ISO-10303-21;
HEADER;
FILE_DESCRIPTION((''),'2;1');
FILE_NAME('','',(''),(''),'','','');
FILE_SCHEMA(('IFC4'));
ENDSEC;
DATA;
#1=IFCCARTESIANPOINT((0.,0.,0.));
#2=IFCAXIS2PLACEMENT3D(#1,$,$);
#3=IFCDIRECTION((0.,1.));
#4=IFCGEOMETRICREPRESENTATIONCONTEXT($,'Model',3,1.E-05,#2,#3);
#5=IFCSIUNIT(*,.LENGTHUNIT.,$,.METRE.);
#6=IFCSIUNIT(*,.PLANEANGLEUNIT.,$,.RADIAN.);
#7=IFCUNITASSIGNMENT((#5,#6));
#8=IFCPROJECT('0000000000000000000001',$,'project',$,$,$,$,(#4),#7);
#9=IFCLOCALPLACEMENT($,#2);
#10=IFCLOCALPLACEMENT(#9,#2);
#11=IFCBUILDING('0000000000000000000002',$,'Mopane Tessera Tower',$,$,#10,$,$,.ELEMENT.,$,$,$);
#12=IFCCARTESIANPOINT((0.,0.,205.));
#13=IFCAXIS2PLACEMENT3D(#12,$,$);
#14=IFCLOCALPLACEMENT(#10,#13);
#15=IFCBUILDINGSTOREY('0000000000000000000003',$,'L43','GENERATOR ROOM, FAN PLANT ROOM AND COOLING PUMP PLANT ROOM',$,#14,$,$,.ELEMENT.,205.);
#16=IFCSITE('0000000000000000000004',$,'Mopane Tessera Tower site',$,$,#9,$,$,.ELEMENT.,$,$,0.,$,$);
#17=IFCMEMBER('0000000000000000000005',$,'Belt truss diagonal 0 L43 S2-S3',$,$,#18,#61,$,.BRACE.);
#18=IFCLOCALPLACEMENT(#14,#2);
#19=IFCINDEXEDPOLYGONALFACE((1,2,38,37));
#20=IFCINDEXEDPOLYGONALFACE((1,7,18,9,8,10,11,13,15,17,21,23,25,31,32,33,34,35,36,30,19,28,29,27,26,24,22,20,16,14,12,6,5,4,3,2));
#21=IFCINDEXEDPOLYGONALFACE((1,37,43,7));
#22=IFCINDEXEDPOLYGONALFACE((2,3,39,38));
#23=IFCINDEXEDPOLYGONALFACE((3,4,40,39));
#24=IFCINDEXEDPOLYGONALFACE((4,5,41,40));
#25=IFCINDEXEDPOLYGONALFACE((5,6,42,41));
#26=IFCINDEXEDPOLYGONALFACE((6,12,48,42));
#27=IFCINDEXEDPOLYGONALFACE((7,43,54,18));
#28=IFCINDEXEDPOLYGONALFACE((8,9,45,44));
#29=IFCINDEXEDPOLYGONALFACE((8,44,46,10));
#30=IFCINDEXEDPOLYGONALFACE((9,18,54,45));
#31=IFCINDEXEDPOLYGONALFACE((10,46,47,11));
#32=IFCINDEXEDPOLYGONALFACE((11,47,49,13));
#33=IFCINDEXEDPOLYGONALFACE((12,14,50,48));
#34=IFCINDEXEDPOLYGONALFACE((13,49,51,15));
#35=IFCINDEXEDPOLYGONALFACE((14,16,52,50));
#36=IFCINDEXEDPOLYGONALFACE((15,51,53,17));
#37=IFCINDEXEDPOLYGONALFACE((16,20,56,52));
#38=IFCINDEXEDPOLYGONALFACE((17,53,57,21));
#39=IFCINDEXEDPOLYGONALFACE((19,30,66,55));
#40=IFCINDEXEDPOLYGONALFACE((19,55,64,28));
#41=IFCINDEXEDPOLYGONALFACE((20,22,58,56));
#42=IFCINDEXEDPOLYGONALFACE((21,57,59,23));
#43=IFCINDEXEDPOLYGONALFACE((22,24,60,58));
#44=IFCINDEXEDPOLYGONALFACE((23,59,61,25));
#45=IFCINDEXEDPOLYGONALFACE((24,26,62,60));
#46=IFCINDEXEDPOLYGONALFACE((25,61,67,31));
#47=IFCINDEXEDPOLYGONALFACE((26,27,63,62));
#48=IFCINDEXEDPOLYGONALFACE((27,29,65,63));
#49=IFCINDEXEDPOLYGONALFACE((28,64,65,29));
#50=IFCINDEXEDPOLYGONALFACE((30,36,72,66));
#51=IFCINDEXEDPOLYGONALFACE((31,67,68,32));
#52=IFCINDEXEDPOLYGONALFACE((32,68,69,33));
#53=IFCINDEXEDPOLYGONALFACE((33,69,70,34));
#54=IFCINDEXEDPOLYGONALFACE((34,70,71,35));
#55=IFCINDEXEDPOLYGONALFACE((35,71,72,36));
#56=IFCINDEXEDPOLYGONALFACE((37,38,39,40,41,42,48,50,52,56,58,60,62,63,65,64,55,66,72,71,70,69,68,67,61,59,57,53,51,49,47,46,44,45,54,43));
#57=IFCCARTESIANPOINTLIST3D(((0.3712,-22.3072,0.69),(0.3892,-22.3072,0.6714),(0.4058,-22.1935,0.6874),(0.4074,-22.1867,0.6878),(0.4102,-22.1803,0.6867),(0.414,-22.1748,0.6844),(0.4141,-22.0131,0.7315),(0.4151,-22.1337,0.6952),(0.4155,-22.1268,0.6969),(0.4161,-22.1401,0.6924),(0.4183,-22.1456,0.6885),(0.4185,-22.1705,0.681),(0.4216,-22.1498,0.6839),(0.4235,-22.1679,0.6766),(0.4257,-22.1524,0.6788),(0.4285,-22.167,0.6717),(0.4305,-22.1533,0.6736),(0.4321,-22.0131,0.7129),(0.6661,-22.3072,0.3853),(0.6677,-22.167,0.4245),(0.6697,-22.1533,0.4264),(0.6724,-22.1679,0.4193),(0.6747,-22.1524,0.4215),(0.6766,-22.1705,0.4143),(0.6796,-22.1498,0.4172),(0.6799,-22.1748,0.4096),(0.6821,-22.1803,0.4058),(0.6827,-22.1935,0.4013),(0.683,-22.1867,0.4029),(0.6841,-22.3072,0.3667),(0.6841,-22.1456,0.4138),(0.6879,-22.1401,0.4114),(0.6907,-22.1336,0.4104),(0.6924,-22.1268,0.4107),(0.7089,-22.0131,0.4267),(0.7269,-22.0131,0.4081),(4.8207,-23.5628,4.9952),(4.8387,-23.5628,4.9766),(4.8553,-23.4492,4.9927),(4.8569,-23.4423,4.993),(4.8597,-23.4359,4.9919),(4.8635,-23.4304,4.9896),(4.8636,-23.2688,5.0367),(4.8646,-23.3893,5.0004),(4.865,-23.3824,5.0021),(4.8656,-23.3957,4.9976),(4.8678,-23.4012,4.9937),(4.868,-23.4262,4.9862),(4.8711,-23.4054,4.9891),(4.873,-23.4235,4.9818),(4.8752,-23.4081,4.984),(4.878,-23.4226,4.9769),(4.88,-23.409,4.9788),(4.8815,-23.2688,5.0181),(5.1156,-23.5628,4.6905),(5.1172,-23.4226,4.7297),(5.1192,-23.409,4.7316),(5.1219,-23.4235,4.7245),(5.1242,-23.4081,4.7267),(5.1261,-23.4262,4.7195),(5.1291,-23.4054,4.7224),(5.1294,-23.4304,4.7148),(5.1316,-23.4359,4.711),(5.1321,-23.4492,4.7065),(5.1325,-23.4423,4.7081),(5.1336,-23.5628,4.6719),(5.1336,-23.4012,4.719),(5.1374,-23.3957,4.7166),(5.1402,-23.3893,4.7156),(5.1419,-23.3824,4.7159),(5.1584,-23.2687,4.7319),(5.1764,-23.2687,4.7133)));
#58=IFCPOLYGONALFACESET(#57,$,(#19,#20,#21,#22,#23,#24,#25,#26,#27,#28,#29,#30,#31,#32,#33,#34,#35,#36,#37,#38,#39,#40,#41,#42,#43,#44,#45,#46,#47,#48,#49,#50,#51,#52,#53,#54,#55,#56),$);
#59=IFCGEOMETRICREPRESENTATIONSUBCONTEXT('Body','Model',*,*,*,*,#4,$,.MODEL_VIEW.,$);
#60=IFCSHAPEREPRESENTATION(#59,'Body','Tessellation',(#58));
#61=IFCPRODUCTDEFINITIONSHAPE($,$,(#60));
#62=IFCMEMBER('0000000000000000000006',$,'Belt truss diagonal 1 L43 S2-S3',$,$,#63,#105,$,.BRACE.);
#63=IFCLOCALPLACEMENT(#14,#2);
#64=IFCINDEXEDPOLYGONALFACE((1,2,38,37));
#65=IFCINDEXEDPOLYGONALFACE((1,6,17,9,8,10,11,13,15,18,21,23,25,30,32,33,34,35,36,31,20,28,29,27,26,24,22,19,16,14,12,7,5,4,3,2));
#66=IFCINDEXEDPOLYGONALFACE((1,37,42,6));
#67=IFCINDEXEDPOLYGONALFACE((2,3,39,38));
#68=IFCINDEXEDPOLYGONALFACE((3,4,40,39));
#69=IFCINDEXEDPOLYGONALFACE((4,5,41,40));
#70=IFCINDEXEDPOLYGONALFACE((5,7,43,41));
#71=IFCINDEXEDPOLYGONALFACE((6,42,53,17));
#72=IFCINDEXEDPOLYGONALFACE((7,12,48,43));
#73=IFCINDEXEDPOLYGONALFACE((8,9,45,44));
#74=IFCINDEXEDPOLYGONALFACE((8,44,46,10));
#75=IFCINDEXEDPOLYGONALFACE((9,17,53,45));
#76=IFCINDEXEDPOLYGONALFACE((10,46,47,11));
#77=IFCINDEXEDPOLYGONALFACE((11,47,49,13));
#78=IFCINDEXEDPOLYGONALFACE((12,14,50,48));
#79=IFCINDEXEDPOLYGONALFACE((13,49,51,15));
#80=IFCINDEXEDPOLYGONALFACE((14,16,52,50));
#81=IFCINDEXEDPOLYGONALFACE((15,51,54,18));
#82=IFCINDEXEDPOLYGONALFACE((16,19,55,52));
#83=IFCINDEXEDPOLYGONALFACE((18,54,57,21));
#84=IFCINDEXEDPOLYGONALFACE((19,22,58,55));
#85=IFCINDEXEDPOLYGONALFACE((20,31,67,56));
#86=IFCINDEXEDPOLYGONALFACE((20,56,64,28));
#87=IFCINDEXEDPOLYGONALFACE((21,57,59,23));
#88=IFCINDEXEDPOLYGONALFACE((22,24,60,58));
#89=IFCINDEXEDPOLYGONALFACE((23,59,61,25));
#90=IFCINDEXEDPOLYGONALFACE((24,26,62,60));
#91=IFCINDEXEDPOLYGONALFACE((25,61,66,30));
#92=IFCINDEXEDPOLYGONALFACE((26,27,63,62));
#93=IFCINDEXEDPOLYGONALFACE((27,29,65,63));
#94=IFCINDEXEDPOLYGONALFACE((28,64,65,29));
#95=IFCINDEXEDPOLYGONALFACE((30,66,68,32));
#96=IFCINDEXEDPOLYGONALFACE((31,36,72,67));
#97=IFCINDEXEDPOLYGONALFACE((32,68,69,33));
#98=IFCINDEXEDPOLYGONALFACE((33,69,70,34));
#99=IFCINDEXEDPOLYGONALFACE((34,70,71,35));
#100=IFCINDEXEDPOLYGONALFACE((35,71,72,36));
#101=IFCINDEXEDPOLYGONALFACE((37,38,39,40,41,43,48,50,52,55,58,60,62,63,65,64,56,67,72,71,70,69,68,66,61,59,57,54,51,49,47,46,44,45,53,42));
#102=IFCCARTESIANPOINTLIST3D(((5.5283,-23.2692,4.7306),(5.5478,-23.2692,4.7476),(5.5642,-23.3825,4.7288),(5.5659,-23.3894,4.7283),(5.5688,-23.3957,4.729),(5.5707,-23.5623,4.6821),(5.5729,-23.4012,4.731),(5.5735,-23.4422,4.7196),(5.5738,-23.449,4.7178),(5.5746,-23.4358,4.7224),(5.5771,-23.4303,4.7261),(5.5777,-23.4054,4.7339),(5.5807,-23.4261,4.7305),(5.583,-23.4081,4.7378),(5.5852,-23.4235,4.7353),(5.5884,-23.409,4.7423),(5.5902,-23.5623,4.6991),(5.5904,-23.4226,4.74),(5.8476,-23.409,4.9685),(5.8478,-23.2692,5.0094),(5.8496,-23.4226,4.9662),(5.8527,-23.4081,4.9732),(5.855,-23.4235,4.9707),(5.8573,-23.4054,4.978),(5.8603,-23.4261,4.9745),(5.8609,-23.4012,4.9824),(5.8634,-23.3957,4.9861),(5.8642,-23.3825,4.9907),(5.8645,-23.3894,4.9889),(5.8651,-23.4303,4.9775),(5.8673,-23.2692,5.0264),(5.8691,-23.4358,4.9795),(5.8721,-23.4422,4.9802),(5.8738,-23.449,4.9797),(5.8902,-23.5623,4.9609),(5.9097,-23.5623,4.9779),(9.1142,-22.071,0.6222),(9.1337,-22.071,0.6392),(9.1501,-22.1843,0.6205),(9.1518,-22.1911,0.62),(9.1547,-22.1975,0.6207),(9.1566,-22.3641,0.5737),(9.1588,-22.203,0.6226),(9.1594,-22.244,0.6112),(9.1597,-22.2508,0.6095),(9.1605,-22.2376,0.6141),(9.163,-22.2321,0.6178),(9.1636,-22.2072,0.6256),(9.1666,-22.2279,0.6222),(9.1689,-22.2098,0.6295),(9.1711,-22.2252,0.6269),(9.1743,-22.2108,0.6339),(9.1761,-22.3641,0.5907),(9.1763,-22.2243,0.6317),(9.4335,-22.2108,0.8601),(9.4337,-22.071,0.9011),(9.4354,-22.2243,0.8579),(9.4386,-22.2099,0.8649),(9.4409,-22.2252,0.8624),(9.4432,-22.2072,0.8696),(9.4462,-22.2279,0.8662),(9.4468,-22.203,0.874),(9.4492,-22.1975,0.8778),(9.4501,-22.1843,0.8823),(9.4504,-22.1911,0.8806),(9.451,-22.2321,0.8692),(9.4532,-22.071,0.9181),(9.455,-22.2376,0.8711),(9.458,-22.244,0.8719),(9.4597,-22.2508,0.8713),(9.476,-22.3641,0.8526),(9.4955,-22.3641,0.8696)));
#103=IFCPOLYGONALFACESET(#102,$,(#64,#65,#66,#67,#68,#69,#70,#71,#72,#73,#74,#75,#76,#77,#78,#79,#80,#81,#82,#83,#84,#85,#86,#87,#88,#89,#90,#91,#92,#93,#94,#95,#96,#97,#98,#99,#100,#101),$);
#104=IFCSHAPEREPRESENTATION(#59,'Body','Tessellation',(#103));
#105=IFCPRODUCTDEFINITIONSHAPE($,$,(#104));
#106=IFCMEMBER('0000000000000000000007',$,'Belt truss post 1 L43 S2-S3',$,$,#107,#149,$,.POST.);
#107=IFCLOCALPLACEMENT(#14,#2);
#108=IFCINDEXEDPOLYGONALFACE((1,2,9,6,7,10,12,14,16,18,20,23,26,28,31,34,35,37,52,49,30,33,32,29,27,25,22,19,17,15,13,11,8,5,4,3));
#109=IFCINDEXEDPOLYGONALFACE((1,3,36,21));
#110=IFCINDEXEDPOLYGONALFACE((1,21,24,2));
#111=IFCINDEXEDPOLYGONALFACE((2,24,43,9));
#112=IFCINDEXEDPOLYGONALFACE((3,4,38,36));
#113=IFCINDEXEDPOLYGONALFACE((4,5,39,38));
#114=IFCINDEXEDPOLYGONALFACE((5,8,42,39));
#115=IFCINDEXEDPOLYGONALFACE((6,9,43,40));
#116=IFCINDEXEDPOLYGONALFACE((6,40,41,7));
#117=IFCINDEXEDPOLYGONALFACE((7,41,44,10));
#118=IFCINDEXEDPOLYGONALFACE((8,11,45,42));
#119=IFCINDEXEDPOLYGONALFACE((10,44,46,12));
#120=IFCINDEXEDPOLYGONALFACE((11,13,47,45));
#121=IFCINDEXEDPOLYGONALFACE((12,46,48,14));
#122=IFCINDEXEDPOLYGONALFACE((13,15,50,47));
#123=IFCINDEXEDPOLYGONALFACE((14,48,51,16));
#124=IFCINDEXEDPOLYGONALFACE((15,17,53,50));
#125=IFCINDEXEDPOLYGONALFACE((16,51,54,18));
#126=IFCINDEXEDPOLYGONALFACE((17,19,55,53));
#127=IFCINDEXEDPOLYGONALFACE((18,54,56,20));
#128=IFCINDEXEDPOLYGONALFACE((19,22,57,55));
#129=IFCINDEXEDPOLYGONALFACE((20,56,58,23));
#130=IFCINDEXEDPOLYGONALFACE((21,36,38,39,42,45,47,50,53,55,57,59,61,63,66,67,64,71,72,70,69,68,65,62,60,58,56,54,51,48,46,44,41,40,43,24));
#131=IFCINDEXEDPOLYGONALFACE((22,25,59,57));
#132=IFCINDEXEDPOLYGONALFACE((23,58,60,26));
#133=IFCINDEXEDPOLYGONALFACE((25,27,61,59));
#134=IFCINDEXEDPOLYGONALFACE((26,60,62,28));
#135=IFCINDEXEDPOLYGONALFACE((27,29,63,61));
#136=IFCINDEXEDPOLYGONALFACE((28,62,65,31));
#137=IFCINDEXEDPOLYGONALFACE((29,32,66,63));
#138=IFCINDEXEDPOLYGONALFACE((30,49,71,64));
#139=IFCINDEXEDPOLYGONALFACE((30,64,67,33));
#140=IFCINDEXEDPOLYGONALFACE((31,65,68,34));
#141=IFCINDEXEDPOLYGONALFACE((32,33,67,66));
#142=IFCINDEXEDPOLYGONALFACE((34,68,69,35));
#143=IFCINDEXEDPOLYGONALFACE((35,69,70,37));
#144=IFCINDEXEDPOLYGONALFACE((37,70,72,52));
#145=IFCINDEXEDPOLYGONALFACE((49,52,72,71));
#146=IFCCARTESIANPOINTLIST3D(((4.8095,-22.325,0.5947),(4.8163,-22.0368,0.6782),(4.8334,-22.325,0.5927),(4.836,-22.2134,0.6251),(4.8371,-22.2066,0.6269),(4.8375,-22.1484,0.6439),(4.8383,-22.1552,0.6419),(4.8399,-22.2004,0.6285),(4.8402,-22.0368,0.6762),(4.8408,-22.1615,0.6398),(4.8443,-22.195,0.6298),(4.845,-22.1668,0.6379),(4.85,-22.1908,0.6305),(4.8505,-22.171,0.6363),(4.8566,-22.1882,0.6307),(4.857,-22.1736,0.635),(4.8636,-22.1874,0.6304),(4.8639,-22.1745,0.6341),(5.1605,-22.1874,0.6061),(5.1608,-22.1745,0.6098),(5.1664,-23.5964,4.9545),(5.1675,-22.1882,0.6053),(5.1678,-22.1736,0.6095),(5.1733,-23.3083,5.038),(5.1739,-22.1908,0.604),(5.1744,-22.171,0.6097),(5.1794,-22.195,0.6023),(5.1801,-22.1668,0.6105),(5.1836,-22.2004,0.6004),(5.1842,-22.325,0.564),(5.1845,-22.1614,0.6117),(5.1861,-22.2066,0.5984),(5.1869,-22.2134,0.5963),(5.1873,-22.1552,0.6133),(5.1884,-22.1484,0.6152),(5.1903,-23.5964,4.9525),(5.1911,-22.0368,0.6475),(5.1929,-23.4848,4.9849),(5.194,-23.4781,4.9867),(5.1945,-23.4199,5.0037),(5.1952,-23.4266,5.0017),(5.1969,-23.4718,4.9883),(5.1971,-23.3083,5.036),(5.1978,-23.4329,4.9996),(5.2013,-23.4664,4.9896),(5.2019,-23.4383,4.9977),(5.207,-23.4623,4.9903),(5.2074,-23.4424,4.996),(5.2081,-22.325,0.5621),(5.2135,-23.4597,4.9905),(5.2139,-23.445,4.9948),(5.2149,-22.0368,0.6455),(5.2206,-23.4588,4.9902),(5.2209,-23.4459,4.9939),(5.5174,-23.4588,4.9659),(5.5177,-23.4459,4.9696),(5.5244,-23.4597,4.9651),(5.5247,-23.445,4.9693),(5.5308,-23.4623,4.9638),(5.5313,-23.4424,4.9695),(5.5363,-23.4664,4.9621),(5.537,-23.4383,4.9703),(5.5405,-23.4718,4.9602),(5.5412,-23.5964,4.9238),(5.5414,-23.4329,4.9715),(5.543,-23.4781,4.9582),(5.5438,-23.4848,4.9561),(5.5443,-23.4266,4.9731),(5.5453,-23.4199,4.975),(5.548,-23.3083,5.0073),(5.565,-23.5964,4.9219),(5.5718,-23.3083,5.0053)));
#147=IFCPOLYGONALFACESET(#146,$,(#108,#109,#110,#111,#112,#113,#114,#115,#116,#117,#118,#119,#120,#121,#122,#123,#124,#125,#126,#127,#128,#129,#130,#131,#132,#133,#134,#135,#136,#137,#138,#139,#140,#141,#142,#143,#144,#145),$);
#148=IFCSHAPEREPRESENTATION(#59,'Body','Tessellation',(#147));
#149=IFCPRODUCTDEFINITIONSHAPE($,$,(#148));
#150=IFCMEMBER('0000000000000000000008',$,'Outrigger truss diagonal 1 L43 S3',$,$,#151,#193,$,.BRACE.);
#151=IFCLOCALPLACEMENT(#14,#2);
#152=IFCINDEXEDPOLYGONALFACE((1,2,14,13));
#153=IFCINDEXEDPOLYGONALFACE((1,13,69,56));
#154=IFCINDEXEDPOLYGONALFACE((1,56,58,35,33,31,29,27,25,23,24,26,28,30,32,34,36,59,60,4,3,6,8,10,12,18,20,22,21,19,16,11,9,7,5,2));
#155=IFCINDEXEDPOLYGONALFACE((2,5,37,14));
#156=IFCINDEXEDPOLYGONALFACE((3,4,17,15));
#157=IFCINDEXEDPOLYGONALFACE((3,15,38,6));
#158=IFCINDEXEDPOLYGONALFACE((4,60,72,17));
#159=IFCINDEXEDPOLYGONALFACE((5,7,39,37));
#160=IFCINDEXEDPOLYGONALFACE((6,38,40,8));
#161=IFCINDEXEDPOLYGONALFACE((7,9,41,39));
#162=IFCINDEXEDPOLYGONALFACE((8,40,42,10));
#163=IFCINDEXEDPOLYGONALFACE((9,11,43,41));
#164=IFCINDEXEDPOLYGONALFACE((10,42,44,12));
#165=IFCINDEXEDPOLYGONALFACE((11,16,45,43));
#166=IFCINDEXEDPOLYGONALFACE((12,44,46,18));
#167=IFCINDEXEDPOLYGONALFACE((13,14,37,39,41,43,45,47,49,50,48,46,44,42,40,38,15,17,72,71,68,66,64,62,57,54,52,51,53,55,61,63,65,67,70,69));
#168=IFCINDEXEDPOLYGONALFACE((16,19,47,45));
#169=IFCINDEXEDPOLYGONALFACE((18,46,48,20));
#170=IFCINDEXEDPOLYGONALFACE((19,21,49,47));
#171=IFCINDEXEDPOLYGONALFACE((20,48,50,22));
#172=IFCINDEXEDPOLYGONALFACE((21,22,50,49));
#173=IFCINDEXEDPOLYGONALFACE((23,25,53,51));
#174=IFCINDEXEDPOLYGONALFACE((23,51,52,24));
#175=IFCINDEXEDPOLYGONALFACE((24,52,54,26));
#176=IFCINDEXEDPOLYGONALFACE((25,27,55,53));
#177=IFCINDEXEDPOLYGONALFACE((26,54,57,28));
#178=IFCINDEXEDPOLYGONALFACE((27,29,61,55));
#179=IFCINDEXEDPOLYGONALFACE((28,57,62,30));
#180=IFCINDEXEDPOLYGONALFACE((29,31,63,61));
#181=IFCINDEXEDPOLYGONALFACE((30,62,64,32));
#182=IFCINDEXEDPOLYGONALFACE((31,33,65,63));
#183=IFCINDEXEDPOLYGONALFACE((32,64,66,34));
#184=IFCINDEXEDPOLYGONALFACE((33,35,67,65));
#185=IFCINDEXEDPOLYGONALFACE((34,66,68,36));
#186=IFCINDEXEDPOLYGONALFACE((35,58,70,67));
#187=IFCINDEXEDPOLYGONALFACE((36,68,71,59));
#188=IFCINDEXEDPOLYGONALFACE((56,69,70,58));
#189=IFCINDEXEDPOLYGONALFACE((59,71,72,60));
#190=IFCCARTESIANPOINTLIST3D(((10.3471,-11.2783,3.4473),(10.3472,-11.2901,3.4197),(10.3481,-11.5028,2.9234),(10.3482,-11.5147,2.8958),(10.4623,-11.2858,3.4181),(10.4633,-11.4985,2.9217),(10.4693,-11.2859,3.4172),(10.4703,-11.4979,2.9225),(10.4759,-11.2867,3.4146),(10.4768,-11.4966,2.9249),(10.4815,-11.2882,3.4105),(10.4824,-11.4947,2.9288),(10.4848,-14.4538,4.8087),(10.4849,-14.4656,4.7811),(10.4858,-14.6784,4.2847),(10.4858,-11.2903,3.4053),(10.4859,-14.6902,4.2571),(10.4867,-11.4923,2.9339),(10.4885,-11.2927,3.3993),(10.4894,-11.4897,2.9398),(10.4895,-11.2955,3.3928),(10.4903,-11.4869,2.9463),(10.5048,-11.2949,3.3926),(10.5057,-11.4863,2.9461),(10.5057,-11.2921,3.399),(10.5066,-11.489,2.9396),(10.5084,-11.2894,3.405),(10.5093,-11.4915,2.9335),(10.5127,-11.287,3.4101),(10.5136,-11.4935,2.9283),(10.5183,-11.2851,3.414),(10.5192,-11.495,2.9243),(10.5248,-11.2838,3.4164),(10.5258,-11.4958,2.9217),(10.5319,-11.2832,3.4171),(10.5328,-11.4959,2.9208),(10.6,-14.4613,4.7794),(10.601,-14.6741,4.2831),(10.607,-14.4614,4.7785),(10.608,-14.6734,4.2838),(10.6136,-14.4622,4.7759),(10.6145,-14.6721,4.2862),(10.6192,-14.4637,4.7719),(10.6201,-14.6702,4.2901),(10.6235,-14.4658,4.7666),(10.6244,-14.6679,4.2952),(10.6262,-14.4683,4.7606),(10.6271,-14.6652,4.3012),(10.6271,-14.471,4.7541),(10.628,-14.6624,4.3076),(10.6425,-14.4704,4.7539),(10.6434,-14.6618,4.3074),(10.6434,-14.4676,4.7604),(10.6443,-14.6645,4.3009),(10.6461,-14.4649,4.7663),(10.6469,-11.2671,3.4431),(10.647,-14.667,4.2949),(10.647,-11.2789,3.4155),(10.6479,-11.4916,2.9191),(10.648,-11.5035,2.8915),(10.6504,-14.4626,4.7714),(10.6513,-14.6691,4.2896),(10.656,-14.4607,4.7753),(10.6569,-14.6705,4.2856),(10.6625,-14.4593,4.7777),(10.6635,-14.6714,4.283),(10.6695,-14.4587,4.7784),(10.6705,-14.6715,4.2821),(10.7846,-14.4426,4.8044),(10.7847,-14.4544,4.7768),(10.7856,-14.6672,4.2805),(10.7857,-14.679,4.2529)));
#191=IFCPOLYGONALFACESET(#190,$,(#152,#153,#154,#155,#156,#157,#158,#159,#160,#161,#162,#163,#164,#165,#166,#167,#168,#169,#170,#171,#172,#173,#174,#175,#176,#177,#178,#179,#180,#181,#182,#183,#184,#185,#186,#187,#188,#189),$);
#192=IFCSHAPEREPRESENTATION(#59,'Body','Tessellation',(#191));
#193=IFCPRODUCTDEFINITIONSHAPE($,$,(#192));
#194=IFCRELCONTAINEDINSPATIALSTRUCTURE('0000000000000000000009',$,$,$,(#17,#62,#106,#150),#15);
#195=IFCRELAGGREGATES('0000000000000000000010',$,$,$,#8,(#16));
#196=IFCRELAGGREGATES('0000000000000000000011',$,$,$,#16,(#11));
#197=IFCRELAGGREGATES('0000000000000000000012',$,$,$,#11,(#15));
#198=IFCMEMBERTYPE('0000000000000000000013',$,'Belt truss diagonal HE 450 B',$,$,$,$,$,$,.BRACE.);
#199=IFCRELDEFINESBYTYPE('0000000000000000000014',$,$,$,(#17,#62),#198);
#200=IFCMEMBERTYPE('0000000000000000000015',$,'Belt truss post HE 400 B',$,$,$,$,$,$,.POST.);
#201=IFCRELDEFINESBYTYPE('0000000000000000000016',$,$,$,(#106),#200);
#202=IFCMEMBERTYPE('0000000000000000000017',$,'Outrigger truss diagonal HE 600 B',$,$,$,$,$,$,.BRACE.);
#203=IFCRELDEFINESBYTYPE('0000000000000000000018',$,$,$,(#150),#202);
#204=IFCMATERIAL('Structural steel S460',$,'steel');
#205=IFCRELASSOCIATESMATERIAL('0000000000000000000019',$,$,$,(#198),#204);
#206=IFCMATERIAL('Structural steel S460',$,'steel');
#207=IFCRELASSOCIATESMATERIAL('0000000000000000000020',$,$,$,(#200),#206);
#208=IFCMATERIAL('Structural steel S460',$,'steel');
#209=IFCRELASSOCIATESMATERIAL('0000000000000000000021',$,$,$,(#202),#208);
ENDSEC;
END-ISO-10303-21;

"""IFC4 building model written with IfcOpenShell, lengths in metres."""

from ifc_helpers import new_model, si_unit, direction, frame, origin, origin_2d, place, context, subcontext, project, spatial, i_section, extrude, material, material_profile, profile_set, type_object, element, save


model = new_model("IFC4")

# Units and contexts
model_context = context("Model", 3, precision=1e-05, world=origin(), true_north=direction((0.0, 1.0)))
body_context = subcontext(model_context, "Body", "Model", "MODEL_VIEW")
ifc_project = project(units=[si_unit("LENGTHUNIT", "METRE"), si_unit("PLANEANGLEUNIT", "RADIAN")], contexts=[model_context])

# Site, building, storey
site_placement = place(None, origin())
site = spatial("IfcSite", under=ifc_project, at=site_placement, Name="Mopane Tessera Tower site", CompositionType="ELEMENT", RefElevation=0.0)
building_placement = place(site_placement, origin())
building = spatial("IfcBuilding", under=site, at=building_placement, Name="Mopane Tessera Tower", CompositionType="ELEMENT")
storey_placement = place(building_placement, frame((0.0, 0.0, 205.0)))
storey = spatial("IfcBuildingStorey", under=building, at=storey_placement, Name="L43", Description="GENERATOR ROOM, FAN PLANT ROOM AND COOLING PUMP PLANT ROOM", CompositionType="ELEMENT", Elevation=205.0)

# Members
ifc_material_1 = material(Name="Structural steel S460", Category="steel")
ifc_material_profile_1 = material_profile(ifc_material_1, i_section(OverallWidth=0.3, OverallDepth=0.45, WebThickness=0.0139, FlangeThickness=0.0259, FilletRadius=0.0271, at=origin_2d()))
ifc_profile_set_1 = profile_set([ifc_material_profile_1], Name="Structural steel S460")
member_type_1 = type_object("IfcMemberType", Name="Belt truss diagonal HE 450 B", PredefinedType="BRACE", material=ifc_profile_set_1)
member_1_placement = place(storey_placement, frame((0.5491, -22.1602, 0.5491), z_axis=(0.704325, -0.198757, 0.681485), x_axis=(0.142831, 0.980049, 0.138216)))
element("IfcMember", 1, at=member_1_placement, inside=storey, type_object=member_type_1, Name="Belt truss diagonal 0 L43 S2-S3", PredefinedType="BRACE", context=body_context, shape_type="SweptSolid", body=[
    extrude(i_section(OverallWidth=0.3, OverallDepth=0.45, WebThickness=0.0139, FlangeThickness=0.0259, FilletRadius=0.0271, at=origin_2d()), origin(), (0.0, 0.0, 1.0), 6.3174),
])
member_2_placement = place(storey_placement, frame((5.719, -23.4158, 4.8542), z_axis=(0.642257, 0.21461, -0.735832), x_axis=(-0.14112, 0.9767, 0.161687)))
element("IfcMember", 2, at=member_2_placement, inside=storey, type_object=member_type_1, Name="Belt truss diagonal 1 L43 S2-S3", PredefinedType="BRACE", context=body_context, shape_type="SweptSolid", body=[
    extrude(i_section(OverallWidth=0.3, OverallDepth=0.45, WebThickness=0.0139, FlangeThickness=0.0259, FilletRadius=0.0271, at=origin_2d()), origin(), (0.0, 0.0, 1.0), 5.5833),
])
ifc_material_2 = material(Name="Structural steel S460", Category="steel")
ifc_material_profile_2 = material_profile(ifc_material_2, i_section(OverallWidth=0.3, OverallDepth=0.3999, WebThickness=0.0134, FlangeThickness=0.0239, FilletRadius=0.0271, at=origin_2d()))
ifc_profile_set_2 = profile_set([ifc_material_profile_2], Name="Structural steel S460")
member_type_2 = type_object("IfcMemberType", Name="Belt truss post HE 400 B", PredefinedType="POST", material=ifc_profile_set_2)
member_3_placement = place(storey_placement, frame((5.0122, -22.1809, 0.6201), z_axis=(0.078352, -0.27911, 0.957057), x_axis=(0.022757, 0.960259, 0.278181)))
element("IfcMember", 3, at=member_3_placement, inside=storey, type_object=member_type_2, Name="Belt truss post 1 L43 S2-S3", PredefinedType="POST", context=body_context, shape_type="SweptSolid", body=[
    extrude(i_section(OverallWidth=0.3, OverallDepth=0.3999, WebThickness=0.0134, FlangeThickness=0.0239, FilletRadius=0.0271, at=origin_2d()), origin(), (0.0, 0.0, 1.0), 4.5554),
])
ifc_material_3 = material(Name="Structural steel S460", Category="steel")
ifc_material_profile_3 = material_profile(ifc_material_3, i_section(OverallWidth=0.3, OverallDepth=0.6001, WebThickness=0.0154, FlangeThickness=0.03, FilletRadius=0.0271, at=origin_2d()))
ifc_profile_set_3 = profile_set([ifc_material_profile_3], Name="Structural steel S460")
member_type_3 = type_object("IfcMemberType", Name="Outrigger truss diagonal HE 600 B", PredefinedType="BRACE", material=ifc_profile_set_3)
member_4_placement = place(storey_placement, frame((10.4976, -11.3909, 3.1694), z_axis=(0.039822, -0.918376, 0.393701), x_axis=(0.999205, 0.037283, -0.014099)))
element("IfcMember", 4, at=member_4_placement, inside=storey, type_object=member_type_3, Name="Outrigger truss diagonal 1 L43 S3", PredefinedType="BRACE", context=body_context, shape_type="SweptSolid", body=[
    extrude(i_section(OverallWidth=0.3, OverallDepth=0.6001, WebThickness=0.0154, FlangeThickness=0.03, FilletRadius=0.0271, at=origin_2d()), origin(), (0.0, 0.0, 1.0), 3.4578),
])

save(model, "model.ifc")
